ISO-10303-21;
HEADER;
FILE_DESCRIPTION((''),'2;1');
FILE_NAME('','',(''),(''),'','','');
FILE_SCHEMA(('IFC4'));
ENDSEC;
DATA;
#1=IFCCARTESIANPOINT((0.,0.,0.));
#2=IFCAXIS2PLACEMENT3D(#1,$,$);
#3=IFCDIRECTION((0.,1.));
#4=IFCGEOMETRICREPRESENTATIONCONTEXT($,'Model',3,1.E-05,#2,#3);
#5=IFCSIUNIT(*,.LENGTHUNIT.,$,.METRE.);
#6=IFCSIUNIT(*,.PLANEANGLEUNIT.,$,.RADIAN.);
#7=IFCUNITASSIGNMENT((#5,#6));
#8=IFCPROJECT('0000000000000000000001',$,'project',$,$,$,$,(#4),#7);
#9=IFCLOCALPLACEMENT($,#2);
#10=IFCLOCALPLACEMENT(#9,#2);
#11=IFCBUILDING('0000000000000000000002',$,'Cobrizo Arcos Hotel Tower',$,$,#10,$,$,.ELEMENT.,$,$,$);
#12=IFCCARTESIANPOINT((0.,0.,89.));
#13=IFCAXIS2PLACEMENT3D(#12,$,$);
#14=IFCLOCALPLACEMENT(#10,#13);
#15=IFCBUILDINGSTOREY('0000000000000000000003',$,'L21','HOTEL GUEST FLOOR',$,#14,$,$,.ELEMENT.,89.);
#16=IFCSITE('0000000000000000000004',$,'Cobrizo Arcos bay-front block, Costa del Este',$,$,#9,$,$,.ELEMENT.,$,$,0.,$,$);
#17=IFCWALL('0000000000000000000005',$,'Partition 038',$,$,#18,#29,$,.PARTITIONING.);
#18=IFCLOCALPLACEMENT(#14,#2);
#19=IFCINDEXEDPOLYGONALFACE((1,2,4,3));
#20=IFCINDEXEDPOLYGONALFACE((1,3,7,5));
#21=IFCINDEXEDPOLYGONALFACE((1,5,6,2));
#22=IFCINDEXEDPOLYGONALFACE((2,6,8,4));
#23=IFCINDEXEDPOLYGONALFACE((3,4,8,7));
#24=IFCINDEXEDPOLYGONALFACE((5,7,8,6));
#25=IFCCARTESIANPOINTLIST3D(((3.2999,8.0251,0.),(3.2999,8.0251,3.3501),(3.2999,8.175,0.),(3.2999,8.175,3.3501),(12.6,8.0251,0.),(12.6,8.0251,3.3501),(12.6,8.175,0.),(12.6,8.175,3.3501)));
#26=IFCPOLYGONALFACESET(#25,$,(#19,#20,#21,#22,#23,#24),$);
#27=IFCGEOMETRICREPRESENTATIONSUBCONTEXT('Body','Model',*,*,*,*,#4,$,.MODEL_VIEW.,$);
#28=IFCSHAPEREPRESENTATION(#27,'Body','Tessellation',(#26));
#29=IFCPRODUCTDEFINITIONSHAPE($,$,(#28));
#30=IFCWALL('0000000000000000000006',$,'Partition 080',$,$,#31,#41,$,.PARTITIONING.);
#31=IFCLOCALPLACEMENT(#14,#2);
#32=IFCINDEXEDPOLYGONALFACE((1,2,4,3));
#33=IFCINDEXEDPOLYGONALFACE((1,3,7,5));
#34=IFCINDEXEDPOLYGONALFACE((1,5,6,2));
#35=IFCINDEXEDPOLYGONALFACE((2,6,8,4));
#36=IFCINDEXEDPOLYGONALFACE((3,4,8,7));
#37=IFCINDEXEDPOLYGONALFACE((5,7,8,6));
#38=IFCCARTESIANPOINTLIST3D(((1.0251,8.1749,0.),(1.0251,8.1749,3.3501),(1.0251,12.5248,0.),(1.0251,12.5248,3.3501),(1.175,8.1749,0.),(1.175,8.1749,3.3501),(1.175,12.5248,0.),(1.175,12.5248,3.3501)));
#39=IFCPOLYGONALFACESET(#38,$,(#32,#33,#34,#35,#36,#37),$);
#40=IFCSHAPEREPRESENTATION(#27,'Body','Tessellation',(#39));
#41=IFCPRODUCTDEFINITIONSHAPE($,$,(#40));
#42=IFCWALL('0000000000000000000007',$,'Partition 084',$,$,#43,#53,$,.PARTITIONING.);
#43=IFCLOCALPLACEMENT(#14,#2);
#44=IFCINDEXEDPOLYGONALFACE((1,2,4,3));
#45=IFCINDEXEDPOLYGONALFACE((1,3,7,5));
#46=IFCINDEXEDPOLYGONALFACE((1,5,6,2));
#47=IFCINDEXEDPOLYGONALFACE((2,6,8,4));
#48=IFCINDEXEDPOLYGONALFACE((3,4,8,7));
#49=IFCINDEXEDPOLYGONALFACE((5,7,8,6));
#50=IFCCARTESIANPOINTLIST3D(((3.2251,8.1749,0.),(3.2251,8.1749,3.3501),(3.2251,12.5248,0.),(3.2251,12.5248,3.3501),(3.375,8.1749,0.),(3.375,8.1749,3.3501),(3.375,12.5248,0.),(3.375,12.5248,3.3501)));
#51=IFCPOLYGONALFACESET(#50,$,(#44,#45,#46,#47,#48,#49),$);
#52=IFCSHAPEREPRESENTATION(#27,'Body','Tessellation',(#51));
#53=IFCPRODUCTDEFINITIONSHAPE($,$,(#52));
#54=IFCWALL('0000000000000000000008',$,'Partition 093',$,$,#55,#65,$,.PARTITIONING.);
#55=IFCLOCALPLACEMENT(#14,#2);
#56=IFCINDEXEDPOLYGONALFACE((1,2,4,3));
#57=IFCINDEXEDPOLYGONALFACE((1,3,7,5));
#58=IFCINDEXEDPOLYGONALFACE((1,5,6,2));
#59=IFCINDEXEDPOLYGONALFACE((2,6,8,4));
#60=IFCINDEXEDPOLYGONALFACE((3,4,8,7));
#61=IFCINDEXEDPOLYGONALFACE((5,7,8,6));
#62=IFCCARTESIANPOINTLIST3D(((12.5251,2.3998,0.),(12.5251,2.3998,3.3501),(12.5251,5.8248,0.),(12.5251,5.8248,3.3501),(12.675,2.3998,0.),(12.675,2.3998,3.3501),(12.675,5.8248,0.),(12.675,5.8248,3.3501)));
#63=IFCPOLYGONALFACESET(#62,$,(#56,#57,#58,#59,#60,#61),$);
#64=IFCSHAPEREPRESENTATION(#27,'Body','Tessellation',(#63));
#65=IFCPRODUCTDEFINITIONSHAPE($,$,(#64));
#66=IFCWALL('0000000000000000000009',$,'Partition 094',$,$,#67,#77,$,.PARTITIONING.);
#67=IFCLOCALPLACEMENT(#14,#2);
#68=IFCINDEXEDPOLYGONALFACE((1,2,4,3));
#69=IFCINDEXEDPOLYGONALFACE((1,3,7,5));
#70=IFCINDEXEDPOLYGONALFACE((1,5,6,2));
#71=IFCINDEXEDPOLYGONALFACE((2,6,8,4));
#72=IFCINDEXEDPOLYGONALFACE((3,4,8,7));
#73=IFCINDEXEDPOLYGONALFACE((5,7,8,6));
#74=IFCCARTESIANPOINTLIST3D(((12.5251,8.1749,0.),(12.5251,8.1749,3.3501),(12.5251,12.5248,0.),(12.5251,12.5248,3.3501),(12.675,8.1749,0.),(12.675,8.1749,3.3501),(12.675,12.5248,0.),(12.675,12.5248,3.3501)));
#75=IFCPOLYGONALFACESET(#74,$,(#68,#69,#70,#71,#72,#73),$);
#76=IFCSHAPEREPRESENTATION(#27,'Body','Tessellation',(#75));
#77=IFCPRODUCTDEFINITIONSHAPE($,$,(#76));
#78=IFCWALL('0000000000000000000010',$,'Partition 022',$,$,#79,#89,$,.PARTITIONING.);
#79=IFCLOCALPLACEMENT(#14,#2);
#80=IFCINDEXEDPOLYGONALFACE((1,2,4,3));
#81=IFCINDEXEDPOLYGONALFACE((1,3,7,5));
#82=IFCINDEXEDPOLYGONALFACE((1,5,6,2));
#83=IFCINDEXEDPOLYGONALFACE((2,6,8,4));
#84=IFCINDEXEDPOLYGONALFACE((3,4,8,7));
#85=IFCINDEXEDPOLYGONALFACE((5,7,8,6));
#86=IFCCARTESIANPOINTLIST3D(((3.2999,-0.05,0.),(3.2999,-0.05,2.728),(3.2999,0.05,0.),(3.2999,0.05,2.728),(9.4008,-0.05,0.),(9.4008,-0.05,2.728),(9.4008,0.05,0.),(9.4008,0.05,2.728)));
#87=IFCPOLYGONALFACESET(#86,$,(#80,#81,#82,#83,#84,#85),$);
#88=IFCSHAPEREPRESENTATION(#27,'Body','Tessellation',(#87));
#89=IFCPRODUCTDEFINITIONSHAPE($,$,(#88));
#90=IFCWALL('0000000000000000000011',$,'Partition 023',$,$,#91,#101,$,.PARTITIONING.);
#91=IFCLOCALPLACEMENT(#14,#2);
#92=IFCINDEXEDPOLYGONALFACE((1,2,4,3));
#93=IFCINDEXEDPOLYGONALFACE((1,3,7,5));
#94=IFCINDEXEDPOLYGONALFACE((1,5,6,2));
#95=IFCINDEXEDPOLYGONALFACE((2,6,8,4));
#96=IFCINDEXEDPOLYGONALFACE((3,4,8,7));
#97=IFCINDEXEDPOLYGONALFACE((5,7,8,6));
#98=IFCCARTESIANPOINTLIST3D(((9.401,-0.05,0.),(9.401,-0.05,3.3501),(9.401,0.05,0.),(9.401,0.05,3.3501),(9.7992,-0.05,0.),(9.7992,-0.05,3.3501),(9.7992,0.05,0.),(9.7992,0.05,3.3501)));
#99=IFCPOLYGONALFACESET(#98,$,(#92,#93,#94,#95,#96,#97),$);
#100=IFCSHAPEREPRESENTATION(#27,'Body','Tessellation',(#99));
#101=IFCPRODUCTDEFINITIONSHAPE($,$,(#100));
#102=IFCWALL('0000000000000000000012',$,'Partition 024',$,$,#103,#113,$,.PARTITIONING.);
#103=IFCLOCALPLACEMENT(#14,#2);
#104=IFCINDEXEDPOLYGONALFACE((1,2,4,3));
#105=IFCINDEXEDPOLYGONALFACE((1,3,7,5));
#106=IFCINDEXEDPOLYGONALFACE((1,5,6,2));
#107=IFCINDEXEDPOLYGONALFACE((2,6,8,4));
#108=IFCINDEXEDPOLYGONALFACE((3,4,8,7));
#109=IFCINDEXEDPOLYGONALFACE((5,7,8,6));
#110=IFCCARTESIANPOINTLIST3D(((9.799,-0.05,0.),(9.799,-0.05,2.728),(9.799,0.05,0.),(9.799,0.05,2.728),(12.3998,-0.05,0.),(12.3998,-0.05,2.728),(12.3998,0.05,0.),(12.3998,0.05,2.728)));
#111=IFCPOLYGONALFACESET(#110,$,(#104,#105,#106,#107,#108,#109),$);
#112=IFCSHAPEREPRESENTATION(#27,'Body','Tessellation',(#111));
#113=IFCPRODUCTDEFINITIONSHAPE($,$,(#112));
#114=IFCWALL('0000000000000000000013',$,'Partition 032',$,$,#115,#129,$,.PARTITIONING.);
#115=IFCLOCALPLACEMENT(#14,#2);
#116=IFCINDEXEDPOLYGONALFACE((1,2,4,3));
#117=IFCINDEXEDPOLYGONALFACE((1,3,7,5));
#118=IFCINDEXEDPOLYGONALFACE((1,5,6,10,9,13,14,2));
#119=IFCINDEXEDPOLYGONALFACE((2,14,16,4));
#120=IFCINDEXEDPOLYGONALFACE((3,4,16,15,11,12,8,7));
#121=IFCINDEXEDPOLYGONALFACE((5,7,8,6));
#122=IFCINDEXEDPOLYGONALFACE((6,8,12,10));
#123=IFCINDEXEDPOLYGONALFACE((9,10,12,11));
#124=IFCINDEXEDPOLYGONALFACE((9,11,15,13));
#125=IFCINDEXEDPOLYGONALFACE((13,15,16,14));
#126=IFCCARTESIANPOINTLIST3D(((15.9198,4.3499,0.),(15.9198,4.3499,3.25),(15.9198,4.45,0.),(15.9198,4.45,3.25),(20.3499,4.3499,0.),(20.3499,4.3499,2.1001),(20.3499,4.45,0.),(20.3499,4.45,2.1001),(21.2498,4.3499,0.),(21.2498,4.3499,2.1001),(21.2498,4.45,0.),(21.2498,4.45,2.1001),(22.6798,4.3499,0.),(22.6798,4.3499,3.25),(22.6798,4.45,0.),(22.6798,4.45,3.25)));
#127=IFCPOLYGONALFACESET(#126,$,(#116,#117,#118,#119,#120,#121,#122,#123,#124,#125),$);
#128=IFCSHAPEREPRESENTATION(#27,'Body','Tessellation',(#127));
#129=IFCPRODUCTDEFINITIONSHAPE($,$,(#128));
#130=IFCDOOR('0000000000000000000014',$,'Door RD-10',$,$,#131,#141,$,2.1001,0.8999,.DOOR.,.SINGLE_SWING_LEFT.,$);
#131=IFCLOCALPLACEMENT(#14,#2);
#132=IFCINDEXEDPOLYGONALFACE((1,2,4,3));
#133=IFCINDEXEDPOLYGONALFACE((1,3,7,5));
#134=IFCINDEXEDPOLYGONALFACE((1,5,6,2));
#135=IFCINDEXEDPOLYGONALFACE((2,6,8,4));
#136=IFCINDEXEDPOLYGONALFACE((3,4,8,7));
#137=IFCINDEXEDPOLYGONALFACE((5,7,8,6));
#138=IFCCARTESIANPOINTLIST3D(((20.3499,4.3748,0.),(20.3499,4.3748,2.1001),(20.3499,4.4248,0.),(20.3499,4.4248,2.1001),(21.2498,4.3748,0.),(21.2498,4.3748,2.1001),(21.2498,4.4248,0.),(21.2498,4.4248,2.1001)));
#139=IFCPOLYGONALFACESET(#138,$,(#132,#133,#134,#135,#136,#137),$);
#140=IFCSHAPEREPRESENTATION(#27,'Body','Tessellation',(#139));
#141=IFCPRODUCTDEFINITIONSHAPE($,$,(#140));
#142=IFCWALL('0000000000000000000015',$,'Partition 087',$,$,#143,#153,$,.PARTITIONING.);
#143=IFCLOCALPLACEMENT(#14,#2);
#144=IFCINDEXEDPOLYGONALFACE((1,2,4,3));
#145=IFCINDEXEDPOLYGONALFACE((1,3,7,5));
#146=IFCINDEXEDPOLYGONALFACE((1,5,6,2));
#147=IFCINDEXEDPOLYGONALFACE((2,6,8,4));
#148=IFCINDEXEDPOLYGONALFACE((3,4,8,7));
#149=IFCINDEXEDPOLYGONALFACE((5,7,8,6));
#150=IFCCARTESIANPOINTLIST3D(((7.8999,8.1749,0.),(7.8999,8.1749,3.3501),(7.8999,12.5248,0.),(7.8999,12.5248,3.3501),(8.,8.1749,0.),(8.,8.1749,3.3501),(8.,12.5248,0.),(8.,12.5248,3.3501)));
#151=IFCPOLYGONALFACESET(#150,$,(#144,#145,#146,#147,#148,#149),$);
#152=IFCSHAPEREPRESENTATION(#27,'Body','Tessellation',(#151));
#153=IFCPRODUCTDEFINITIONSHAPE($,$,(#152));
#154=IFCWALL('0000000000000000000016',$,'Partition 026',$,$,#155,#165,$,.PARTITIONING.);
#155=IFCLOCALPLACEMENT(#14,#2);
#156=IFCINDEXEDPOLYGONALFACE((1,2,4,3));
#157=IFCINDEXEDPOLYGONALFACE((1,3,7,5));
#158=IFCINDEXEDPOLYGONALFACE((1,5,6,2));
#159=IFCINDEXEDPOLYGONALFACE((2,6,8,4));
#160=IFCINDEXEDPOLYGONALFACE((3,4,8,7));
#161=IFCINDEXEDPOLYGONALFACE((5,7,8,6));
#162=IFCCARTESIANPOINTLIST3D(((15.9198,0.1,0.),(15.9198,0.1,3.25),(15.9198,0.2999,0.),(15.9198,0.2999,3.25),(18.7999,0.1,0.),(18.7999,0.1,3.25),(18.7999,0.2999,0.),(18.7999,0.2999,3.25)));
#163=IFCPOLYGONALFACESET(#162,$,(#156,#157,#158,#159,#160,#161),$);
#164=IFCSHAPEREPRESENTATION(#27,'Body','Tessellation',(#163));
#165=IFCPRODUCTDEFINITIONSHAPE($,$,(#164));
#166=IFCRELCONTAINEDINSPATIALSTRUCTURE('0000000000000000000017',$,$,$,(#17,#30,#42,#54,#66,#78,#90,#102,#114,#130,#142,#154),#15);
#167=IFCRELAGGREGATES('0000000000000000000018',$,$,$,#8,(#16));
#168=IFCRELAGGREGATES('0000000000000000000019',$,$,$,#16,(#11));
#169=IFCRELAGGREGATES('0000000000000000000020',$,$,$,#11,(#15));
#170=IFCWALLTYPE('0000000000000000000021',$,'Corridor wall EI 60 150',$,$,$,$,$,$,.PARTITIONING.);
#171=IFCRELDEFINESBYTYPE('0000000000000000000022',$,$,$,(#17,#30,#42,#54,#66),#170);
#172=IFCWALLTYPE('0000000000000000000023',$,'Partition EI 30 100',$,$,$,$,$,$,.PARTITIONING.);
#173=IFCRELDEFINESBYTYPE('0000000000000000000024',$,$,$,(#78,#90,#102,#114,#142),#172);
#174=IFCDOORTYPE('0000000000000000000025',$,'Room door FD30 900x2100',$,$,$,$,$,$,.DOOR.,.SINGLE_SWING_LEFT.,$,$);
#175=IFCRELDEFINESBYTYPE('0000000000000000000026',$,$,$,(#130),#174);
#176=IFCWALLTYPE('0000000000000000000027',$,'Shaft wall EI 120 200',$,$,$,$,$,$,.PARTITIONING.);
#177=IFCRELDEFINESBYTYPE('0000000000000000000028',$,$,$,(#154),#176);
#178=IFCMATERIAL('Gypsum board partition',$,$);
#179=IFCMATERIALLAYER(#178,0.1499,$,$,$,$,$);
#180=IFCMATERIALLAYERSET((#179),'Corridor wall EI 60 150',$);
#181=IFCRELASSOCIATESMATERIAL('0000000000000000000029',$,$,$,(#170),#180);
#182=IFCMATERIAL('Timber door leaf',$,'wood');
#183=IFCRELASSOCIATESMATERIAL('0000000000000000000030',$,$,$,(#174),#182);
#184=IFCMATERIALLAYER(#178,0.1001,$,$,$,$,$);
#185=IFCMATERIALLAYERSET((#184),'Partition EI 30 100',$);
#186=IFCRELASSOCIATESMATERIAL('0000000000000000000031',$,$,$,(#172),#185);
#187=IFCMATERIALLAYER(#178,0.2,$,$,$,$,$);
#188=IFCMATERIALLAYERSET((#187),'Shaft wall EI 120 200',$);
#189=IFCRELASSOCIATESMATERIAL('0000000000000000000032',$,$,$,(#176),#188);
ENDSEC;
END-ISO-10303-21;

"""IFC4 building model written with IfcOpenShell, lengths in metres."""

from ifc_helpers import new_model, si_unit, direction, frame, frame_2d, origin, place, context, subcontext, project, spatial, rectangle, extrude, material, layer, layer_set, type_object, element, fill, save


model = new_model("IFC4")

# Units and contexts
model_context = context("Model", 3, precision=1e-05, world=origin(), true_north=direction((0.0, 1.0)))
body_context = subcontext(model_context, "Body", "Model", "MODEL_VIEW")
ifc_project = project(units=[si_unit("LENGTHUNIT", "METRE"), si_unit("PLANEANGLEUNIT", "RADIAN")], contexts=[model_context])

# Site, building, storey
site_placement = place(None, origin())
site = spatial("IfcSite", under=ifc_project, at=site_placement, Name="Cobrizo Arcos bay-front block, Costa del Este", CompositionType="ELEMENT", RefElevation=0.0)
building_placement = place(site_placement, origin())
building = spatial("IfcBuilding", under=site, at=building_placement, Name="Cobrizo Arcos Hotel Tower", CompositionType="ELEMENT")
storey_placement = place(building_placement, frame((0.0, 0.0, 89.0)))
storey = spatial("IfcBuildingStorey", under=building, at=storey_placement, Name="L21", Description="HOTEL GUEST FLOOR", CompositionType="ELEMENT", Elevation=89.0)

# Shared definitions
ifc_material_1 = material(Name="Gypsum board partition")
ifc_layer_1 = layer(ifc_material_1, 0.1499)
ifc_layer_set_1 = layer_set([ifc_layer_1], Name="Corridor wall EI 60 150")
wall_type_1 = type_object("IfcWallType", Name="Corridor wall EI 60 150", PredefinedType="PARTITIONING", material=ifc_layer_set_1)
ifc_material_2 = material(Name="Timber door leaf", Category="wood")
door_type_1 = type_object("IfcDoorType", Name="Room door FD30 900x2100", OperationType="SINGLE_SWING_LEFT", PredefinedType="DOOR", material=ifc_material_2)

# Walls
wall_1_placement = place(storey_placement, frame((3.3, 8.1001, 0.0), z_axis=(0.0, 0.0, 1.0), x_axis=(1.0, 0.0, 0.0)))
element("IfcWall", 1, at=wall_1_placement, inside=storey, type_object=wall_type_1, Name="Partition 038", PredefinedType="PARTITIONING", context=body_context, shape_type="SweptSolid", body=[
    extrude(rectangle(XDim=9.3, YDim=0.1499, at=frame_2d((4.6499, 0.0))), origin(), (0.0, 0.0, 1.0), 3.3501),
])
for number, where, z_axis, x_axis, name in (
    (2, (1.1001, 8.175, 0.0), (0.0, 0.0, 1.0), (0.0, 1.0, 0.0), "Partition 080"),
    (3, (3.3, 8.175, 0.0), (0.0, 0.0, 1.0), (0.0, 1.0, 0.0), "Partition 084"),
):
    element("IfcWall", number, at=place(storey_placement, frame(where, z_axis=z_axis, x_axis=x_axis)), inside=storey, type_object=wall_type_1, Name=name, PredefinedType="PARTITIONING", context=body_context, shape_type="SweptSolid", body=[
        extrude(rectangle(XDim=4.3499, YDim=0.1499, at=frame_2d((2.1748, 0.0))), origin(), (0.0, 0.0, 1.0), 3.3501),
    ])
wall_2_placement = place(storey_placement, frame((12.6001, 2.3999, 0.0), z_axis=(0.0, 0.0, 1.0), x_axis=(0.0, 1.0, 0.0)))
element("IfcWall", 4, at=wall_2_placement, inside=storey, type_object=wall_type_1, Name="Partition 093", PredefinedType="PARTITIONING", context=body_context, shape_type="SweptSolid", body=[
    extrude(rectangle(XDim=3.425, YDim=0.1499, at=frame_2d((1.7124, 0.0))), origin(), (0.0, 0.0, 1.0), 3.3501),
])
wall_3_placement = place(storey_placement, frame((12.6001, 8.175, 0.0), z_axis=(0.0, 0.0, 1.0), x_axis=(0.0, 1.0, 0.0)))
element("IfcWall", 5, at=wall_3_placement, inside=storey, type_object=wall_type_1, Name="Partition 094", PredefinedType="PARTITIONING", context=body_context, shape_type="SweptSolid", body=[
    extrude(rectangle(XDim=4.3499, YDim=0.1499, at=frame_2d((2.1748, 0.0))), origin(), (0.0, 0.0, 1.0), 3.3501),
])
ifc_layer_2 = layer(ifc_material_1, 0.1001)
ifc_layer_set_2 = layer_set([ifc_layer_2], Name="Partition EI 30 100")
wall_type_2 = type_object("IfcWallType", Name="Partition EI 30 100", PredefinedType="PARTITIONING", material=ifc_layer_set_2)
wall_4_placement = place(storey_placement, frame((3.3, 0.0, 0.0), z_axis=(0.0, 0.0, 1.0), x_axis=(1.0, 0.0, 0.0)))
element("IfcWall", 6, at=wall_4_placement, inside=storey, type_object=wall_type_2, Name="Partition 022", PredefinedType="PARTITIONING", context=body_context, shape_type="SweptSolid", body=[
    extrude(rectangle(XDim=6.1008, YDim=0.1001, at=frame_2d((3.0503, 0.0))), origin(), (0.0, 0.0, 1.0), 2.728),
])
wall_5_placement = place(storey_placement, frame((9.4009, 0.0, 0.0), z_axis=(0.0, 0.0, 1.0), x_axis=(1.0, 0.0, 0.0)))
element("IfcWall", 7, at=wall_5_placement, inside=storey, type_object=wall_type_2, Name="Partition 023", PredefinedType="PARTITIONING", context=body_context, shape_type="SweptSolid", body=[
    extrude(rectangle(XDim=0.3982, YDim=0.1001, at=frame_2d((0.1992, 0.0))), origin(), (0.0, 0.0, 1.0), 3.3501),
])
wall_6_placement = place(storey_placement, frame((9.7991, 0.0, 0.0), z_axis=(0.0, 0.0, 1.0), x_axis=(1.0, 0.0, 0.0)))
element("IfcWall", 8, at=wall_6_placement, inside=storey, type_object=wall_type_2, Name="Partition 024", PredefinedType="PARTITIONING", context=body_context, shape_type="SweptSolid", body=[
    extrude(rectangle(XDim=2.6008, YDim=0.1001, at=frame_2d((1.3003, 0.0))), origin(), (0.0, 0.0, 1.0), 2.728),
])

# Wall, opening, door
wall_7_placement = place(storey_placement, frame((15.9199, 4.3999, 0.0), z_axis=(0.0, 0.0, 1.0), x_axis=(1.0, 0.0, 0.0)))
wall_7 = element("IfcWall", 9, at=wall_7_placement, inside=storey, type_object=wall_type_2, Name="Partition 032", PredefinedType="PARTITIONING", context=body_context, shape_type="SweptSolid", body=[
    extrude(rectangle(XDim=6.76, YDim=0.1001, at=frame_2d((3.3799, 0.0))), origin(), (0.0, 0.0, 1.0), 3.25),
])
opening_1_placement = place(wall_7_placement, frame((4.4299, 0.0, 0.0)))
opening_1 = element("IfcOpeningElement", 10, at=opening_1_placement, cuts=wall_7, PredefinedType="OPENING", context=body_context, shape_type="SweptSolid", body=[
    extrude(rectangle(XDim=0.8999, YDim=2.1001, at=frame_2d((0.45, 1.05))), frame((0.0, 0.062, 0.0), z_axis=(0.0, -1.0, 0.0), x_axis=(1.0, 0.0, 0.0)), (0.0, 0.0, 1.0), 0.124),
])
door_1_placement = place(opening_1_placement, origin())
door_1 = element("IfcDoor", 11, at=door_1_placement, inside=storey, type_object=door_type_1, Name="Door RD-10", OperationType="SINGLE_SWING_LEFT", OverallHeight=2.1001, OverallWidth=0.8999, PredefinedType="DOOR", context=body_context, shape_type="SweptSolid", body=[
    extrude(rectangle(XDim=0.8999, YDim=2.1001, at=frame_2d((0.45, 1.05))), frame((0.0, 0.0249, 0.0), z_axis=(0.0, -1.0, 0.0), x_axis=(1.0, 0.0, 0.0)), (0.0, 0.0, 1.0), 0.05),
])
fill(opening_1, door_1)

# Walls
wall_8_placement = place(storey_placement, frame((7.95, 8.175, 0.0), z_axis=(0.0, 0.0, 1.0), x_axis=(0.0, 1.0, 0.0)))
element("IfcWall", 12, at=wall_8_placement, inside=storey, type_object=wall_type_2, Name="Partition 087", PredefinedType="PARTITIONING", context=body_context, shape_type="SweptSolid", body=[
    extrude(rectangle(XDim=4.3499, YDim=0.1001, at=frame_2d((2.1748, 0.0))), origin(), (0.0, 0.0, 1.0), 3.3501),
])
ifc_layer_3 = layer(ifc_material_1, 0.2)
ifc_layer_set_3 = layer_set([ifc_layer_3], Name="Shaft wall EI 120 200")
wall_type_3 = type_object("IfcWallType", Name="Shaft wall EI 120 200", PredefinedType="PARTITIONING", material=ifc_layer_set_3)
wall_9_placement = place(storey_placement, frame((15.9199, 0.2, 0.0), z_axis=(0.0, 0.0, 1.0), x_axis=(1.0, 0.0, 0.0)))
element("IfcWall", 13, at=wall_9_placement, inside=storey, type_object=wall_type_3, Name="Partition 026", PredefinedType="PARTITIONING", context=body_context, shape_type="SweptSolid", body=[
    extrude(rectangle(XDim=2.8801, YDim=0.2, at=frame_2d((1.4399, 0.0))), origin(), (0.0, 0.0, 1.0), 3.25),
])

save(model, "model.ifc")
